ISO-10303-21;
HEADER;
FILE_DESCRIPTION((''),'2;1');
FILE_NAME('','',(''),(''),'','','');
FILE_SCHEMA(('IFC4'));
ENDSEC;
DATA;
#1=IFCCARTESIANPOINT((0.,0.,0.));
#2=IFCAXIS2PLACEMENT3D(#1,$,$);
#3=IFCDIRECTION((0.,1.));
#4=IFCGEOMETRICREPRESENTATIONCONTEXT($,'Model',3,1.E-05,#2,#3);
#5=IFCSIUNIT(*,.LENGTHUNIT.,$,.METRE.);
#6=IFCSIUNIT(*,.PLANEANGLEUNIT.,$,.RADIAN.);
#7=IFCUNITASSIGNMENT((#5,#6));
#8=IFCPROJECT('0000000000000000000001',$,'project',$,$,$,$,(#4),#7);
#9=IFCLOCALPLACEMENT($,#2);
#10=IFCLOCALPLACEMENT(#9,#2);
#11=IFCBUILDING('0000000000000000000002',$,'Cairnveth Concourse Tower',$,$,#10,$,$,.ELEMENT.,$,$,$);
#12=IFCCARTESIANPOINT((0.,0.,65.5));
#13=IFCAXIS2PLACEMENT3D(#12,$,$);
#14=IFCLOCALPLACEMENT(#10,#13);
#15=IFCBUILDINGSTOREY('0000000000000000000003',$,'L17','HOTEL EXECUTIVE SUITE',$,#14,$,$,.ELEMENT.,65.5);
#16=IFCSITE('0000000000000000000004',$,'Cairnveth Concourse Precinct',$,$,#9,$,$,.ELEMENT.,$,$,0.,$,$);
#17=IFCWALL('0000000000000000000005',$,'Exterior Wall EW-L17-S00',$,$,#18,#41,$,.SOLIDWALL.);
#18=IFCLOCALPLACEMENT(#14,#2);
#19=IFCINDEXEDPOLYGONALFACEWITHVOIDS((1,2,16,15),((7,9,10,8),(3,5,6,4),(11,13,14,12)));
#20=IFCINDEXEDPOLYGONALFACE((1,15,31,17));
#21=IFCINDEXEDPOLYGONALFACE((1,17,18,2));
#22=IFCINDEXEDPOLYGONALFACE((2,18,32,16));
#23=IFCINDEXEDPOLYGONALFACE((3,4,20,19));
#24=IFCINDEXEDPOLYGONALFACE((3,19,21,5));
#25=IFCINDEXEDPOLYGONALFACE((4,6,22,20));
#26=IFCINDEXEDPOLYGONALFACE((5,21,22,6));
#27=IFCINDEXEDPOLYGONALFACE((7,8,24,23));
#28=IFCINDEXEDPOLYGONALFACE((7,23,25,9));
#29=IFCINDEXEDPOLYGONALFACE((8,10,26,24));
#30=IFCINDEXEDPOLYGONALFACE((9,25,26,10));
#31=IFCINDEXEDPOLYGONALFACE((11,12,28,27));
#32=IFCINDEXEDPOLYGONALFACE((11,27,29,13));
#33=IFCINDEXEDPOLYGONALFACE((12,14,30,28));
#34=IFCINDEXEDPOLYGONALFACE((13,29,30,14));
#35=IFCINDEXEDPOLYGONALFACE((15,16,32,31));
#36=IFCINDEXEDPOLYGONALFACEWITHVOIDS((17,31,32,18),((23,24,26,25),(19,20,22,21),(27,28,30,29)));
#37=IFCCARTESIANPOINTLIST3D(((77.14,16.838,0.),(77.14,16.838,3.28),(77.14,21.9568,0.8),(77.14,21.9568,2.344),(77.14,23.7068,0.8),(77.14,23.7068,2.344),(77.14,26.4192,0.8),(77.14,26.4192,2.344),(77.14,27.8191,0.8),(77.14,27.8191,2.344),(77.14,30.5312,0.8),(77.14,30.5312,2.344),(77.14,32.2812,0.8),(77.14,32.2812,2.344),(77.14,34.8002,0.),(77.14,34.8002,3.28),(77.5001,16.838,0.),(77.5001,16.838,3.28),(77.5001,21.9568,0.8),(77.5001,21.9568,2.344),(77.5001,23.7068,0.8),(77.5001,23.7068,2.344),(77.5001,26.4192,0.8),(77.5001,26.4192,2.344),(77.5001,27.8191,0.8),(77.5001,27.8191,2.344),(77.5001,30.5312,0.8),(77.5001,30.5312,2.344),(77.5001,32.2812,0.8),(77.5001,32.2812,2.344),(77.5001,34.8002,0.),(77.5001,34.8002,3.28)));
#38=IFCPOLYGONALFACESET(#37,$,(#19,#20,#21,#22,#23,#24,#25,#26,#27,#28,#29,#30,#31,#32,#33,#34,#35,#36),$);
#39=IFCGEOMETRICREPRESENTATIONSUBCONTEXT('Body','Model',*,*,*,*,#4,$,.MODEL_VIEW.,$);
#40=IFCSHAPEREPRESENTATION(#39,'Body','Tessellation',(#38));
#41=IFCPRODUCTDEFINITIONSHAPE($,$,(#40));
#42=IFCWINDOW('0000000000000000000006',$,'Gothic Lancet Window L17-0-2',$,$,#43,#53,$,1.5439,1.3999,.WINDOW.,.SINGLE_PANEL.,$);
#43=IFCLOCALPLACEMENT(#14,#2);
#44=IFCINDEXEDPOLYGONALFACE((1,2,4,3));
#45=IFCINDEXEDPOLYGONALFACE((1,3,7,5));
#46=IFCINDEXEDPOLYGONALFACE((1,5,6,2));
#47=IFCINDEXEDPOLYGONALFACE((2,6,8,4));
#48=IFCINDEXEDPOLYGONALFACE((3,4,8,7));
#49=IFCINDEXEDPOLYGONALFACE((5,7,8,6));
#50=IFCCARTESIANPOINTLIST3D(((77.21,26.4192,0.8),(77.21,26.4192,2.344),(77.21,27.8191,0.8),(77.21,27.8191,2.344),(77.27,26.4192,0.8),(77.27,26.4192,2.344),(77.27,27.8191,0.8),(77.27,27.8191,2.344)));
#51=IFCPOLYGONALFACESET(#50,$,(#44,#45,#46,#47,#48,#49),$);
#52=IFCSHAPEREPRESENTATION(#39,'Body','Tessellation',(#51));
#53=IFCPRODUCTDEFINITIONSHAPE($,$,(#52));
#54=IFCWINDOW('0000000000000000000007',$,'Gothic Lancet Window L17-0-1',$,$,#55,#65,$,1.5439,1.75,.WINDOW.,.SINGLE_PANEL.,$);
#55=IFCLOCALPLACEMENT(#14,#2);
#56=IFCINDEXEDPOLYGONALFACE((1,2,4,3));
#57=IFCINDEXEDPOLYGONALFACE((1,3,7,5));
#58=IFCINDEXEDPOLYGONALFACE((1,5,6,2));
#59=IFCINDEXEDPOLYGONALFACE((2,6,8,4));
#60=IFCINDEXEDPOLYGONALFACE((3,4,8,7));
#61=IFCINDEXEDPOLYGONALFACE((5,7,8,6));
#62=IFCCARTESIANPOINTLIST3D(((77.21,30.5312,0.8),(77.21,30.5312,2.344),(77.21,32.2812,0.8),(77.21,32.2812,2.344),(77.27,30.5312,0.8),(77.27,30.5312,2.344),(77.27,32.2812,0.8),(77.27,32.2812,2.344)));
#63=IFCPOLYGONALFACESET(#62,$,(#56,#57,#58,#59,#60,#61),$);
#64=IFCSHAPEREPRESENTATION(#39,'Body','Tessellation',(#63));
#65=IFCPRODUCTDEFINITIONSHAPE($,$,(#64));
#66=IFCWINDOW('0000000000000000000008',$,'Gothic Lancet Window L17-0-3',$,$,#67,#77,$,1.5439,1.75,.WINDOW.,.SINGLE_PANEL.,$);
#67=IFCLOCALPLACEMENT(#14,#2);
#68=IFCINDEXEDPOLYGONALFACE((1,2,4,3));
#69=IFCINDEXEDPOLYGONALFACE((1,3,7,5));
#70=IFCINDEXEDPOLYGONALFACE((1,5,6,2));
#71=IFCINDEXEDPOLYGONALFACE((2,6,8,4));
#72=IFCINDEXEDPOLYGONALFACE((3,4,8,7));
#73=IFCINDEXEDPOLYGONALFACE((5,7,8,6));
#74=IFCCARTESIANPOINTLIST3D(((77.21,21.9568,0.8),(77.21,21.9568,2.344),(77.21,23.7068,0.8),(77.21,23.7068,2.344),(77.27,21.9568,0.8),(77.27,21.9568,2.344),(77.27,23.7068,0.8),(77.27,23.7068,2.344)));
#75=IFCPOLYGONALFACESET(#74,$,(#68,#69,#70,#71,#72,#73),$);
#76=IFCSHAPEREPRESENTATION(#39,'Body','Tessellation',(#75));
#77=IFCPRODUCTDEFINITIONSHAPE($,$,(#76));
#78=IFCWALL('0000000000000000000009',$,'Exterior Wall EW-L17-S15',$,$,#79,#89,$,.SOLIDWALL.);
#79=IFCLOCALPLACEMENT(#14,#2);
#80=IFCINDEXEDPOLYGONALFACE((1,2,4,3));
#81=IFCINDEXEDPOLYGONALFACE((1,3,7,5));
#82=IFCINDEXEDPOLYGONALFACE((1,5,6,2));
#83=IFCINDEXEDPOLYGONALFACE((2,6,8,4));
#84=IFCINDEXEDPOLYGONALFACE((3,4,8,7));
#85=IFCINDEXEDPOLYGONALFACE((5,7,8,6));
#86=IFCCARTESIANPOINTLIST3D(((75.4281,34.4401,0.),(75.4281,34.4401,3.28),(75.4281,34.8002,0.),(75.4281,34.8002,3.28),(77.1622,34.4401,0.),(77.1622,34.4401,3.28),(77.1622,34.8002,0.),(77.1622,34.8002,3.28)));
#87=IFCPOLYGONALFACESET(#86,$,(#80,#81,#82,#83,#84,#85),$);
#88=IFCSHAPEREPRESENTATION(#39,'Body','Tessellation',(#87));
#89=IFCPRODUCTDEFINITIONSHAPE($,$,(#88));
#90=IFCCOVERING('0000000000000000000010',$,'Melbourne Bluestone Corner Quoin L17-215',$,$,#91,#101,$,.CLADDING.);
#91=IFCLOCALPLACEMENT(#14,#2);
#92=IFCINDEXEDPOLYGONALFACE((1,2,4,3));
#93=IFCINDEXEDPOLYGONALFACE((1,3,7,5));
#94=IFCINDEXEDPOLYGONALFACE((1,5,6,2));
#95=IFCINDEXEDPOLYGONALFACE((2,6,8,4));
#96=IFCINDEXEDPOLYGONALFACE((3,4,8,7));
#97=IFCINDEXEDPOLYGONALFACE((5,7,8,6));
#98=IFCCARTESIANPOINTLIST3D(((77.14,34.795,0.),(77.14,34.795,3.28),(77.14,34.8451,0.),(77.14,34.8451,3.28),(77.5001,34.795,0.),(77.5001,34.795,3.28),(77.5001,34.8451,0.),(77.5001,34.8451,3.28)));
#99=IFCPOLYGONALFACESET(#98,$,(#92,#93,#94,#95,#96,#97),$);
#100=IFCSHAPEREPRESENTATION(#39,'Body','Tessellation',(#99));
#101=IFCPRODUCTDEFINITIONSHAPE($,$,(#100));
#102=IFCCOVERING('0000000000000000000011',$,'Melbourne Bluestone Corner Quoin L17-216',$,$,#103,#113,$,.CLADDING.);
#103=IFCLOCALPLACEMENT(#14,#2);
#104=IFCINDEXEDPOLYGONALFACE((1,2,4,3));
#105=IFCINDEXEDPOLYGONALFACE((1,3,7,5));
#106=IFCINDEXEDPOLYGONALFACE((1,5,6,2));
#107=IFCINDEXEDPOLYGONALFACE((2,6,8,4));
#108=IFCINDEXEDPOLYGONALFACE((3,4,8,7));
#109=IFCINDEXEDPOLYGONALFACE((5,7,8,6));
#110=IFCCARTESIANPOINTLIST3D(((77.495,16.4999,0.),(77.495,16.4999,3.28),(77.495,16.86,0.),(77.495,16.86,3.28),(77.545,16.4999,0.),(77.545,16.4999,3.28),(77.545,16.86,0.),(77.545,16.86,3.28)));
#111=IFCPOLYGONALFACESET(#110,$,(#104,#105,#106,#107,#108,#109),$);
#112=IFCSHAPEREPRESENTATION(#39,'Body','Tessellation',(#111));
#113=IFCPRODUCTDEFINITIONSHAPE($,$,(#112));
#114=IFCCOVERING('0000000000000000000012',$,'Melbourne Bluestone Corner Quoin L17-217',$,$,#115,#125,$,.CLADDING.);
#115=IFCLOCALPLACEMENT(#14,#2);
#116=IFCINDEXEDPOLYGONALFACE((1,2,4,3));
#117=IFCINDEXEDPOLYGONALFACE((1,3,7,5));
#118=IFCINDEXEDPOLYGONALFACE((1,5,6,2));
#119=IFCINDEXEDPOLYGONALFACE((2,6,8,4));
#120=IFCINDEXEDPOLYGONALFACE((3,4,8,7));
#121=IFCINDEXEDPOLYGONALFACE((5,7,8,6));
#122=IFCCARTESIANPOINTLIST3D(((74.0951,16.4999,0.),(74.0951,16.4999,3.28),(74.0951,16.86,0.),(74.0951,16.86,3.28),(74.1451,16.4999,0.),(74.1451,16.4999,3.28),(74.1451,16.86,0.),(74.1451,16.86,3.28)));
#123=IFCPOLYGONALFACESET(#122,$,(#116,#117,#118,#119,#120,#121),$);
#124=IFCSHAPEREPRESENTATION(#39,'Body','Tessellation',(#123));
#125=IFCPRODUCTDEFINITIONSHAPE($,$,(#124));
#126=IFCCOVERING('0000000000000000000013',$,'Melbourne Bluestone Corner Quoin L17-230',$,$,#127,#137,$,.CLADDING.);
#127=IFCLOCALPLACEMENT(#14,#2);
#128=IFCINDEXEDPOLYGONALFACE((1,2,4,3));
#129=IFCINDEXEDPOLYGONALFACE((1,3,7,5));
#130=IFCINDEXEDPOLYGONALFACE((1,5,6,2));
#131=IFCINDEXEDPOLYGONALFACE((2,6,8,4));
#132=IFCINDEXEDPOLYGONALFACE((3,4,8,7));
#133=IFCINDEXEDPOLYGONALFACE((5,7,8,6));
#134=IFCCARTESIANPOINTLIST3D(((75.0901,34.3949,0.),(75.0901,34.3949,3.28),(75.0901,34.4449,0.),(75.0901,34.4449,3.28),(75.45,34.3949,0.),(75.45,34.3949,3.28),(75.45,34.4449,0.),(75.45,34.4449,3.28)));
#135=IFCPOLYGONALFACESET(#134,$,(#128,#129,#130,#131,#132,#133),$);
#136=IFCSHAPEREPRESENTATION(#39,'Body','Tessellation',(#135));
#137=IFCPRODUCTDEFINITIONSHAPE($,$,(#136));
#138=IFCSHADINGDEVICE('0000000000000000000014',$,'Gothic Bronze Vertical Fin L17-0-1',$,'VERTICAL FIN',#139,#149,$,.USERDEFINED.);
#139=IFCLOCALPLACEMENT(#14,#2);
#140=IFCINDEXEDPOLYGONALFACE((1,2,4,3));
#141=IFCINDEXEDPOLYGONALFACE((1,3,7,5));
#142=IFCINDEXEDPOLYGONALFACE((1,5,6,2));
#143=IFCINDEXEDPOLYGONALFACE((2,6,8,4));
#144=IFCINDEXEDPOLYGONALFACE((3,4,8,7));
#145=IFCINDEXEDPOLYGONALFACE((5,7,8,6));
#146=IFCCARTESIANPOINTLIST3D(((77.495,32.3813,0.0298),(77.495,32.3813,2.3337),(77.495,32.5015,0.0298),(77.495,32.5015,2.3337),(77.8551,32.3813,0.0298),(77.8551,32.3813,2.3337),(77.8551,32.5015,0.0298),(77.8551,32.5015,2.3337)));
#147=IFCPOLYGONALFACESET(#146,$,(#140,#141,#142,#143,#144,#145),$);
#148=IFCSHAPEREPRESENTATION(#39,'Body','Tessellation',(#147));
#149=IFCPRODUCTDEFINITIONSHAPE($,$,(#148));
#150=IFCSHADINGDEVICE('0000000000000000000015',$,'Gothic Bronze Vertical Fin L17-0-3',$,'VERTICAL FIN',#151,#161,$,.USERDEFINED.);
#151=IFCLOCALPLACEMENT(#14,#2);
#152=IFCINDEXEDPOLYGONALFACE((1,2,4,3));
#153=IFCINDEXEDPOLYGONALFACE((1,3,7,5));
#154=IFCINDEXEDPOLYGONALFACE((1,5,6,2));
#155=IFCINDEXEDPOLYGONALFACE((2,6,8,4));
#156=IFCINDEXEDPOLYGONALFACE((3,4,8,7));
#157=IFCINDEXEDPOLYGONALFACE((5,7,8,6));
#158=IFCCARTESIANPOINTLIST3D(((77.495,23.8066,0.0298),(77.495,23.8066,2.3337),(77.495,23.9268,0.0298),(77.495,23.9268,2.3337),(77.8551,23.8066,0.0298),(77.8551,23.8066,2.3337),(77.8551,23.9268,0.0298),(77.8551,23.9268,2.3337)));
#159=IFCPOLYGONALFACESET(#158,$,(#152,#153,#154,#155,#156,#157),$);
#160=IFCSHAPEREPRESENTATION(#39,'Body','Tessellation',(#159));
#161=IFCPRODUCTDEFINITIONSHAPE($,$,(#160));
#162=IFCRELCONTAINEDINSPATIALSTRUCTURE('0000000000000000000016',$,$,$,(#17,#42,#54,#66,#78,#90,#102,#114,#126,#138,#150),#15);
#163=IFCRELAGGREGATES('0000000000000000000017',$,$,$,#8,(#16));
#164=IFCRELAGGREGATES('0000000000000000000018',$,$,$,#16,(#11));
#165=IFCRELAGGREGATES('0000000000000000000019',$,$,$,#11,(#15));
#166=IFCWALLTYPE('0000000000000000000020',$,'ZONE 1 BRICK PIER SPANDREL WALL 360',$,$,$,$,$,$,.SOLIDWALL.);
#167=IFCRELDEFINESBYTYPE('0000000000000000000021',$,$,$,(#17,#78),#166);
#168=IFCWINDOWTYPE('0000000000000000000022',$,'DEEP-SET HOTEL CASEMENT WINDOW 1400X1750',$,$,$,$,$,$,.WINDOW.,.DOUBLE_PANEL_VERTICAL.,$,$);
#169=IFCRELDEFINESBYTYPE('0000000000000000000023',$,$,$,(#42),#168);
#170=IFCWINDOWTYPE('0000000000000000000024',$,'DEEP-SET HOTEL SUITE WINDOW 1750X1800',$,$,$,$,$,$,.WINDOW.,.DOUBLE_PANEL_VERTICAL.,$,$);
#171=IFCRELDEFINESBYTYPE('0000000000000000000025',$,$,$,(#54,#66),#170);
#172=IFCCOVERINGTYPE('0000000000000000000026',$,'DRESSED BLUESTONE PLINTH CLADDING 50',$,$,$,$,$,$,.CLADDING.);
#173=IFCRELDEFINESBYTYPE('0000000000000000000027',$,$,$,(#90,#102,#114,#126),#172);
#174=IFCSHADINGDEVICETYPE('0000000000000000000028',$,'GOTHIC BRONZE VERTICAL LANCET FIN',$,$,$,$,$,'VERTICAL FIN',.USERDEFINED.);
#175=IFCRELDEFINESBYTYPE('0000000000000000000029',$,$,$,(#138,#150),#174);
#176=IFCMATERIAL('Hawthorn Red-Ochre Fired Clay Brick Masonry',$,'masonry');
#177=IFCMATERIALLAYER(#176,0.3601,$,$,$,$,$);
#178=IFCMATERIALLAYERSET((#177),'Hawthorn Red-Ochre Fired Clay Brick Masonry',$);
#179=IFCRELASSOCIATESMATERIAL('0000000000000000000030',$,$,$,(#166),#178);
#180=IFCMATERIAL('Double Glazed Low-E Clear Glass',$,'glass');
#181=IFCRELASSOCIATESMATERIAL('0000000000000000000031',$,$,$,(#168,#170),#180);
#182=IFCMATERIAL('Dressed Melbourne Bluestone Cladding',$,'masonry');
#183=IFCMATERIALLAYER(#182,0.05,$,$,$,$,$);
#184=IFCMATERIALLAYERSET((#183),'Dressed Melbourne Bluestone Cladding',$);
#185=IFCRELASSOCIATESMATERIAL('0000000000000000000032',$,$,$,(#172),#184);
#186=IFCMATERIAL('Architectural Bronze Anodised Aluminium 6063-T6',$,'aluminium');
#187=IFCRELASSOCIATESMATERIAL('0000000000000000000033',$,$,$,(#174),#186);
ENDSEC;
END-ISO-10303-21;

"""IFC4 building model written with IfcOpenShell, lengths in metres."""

from ifc_helpers import new_model, si_unit, direction, frame, frame_2d, origin, origin_2d, place, context, subcontext, project, spatial, rectangle, extrude, material, layer, layer_set, type_object, element, fill, save


model = new_model("IFC4")

# Units and contexts
model_context = context("Model", 3, precision=1e-05, world=origin(), true_north=direction((0.0, 1.0)))
body_context = subcontext(model_context, "Body", "Model", "MODEL_VIEW")
ifc_project = project(units=[si_unit("LENGTHUNIT", "METRE"), si_unit("PLANEANGLEUNIT", "RADIAN")], contexts=[model_context])

# Site, building, storey
site_placement = place(None, origin())
site = spatial("IfcSite", under=ifc_project, at=site_placement, Name="Cairnveth Concourse Precinct", CompositionType="ELEMENT", RefElevation=0.0)
building_placement = place(site_placement, origin())
building = spatial("IfcBuilding", under=site, at=building_placement, Name="Cairnveth Concourse Tower", CompositionType="ELEMENT")
storey_placement = place(building_placement, frame((0.0, 0.0, 65.5)))
storey = spatial("IfcBuildingStorey", under=building, at=storey_placement, Name="L17", Description="HOTEL EXECUTIVE SUITE", CompositionType="ELEMENT", Elevation=65.5)

# Shared definitions
ifc_material_1 = material(Name="Dressed Melbourne Bluestone Cladding", Category="masonry")

# Wall, openings, windows
ifc_material_2 = material(Name="Hawthorn Red-Ochre Fired Clay Brick Masonry", Category="masonry")
ifc_layer_1 = layer(ifc_material_2, 0.3601)
ifc_layer_set_1 = layer_set([ifc_layer_1], Name="Hawthorn Red-Ochre Fired Clay Brick Masonry")
wall_type_1 = type_object("IfcWallType", Name="ZONE 1 BRICK PIER SPANDREL WALL 360", PredefinedType="SOLIDWALL", material=ifc_layer_set_1)
wall_1_placement = place(storey_placement, frame((77.3201, 34.8, 0.0), z_axis=(0.0, 0.0, 1.0), x_axis=(0.0, -1.0, 0.0)))
wall_1 = element("IfcWall", 1, at=wall_1_placement, inside=storey, type_object=wall_type_1, Name="Exterior Wall EW-L17-S00", PredefinedType="SOLIDWALL", context=body_context, shape_type="SweptSolid", body=[
    extrude(rectangle(XDim=17.9622, YDim=0.3601, at=frame_2d((8.981, 0.0))), origin(), (0.0, 0.0, 1.0), 3.28),
])
opening_1_placement = place(wall_1_placement, frame((2.5188, 0.0, 0.8)))
opening_1 = element("IfcOpeningElement", 2, at=opening_1_placement, cuts=wall_1, PredefinedType="OPENING", context=body_context, shape_type="SweptSolid", body=[
    extrude(rectangle(XDim=1.75, YDim=1.5439, at=frame_2d((0.875, 0.772))), frame((0.0, 0.1899, 0.0), z_axis=(0.0, -1.0, 0.0), x_axis=(1.0, 0.0, 0.0)), (0.0, 0.0, 1.0), 0.3801),
])
opening_2_placement = place(wall_1_placement, frame((6.981, 0.0, 0.8)))
opening_2 = element("IfcOpeningElement", 3, at=opening_2_placement, cuts=wall_1, PredefinedType="OPENING", context=body_context, shape_type="SweptSolid", body=[
    extrude(rectangle(XDim=1.3999, YDim=1.5439, at=frame_2d((0.7, 0.772))), frame((0.0, 0.1899, 0.0), z_axis=(0.0, -1.0, 0.0), x_axis=(1.0, 0.0, 0.0)), (0.0, 0.0, 1.0), 0.3801),
])
opening_3_placement = place(wall_1_placement, frame((11.0933, 0.0, 0.8)))
opening_3 = element("IfcOpeningElement", 4, at=opening_3_placement, cuts=wall_1, PredefinedType="OPENING", context=body_context, shape_type="SweptSolid", body=[
    extrude(rectangle(XDim=1.75, YDim=1.5439, at=frame_2d((0.875, 0.772))), frame((0.0, 0.1899, 0.0), z_axis=(0.0, -1.0, 0.0), x_axis=(1.0, 0.0, 0.0)), (0.0, 0.0, 1.0), 0.3801),
])
ifc_material_3 = material(Name="Double Glazed Low-E Clear Glass", Category="glass")
window_type_1 = type_object("IfcWindowType", Name="DEEP-SET HOTEL CASEMENT WINDOW 1400X1750", PartitioningType="DOUBLE_PANEL_VERTICAL", PredefinedType="WINDOW", material=ifc_material_3)
window_1_placement = place(opening_2_placement, origin())
window_1 = element("IfcWindow", 5, at=window_1_placement, inside=storey, type_object=window_type_1, Name="Gothic Lancet Window L17-0-2", OverallHeight=1.5439, OverallWidth=1.3999, PartitioningType="SINGLE_PANEL", PredefinedType="WINDOW", context=body_context, shape_type="SweptSolid", body=[
    extrude(rectangle(XDim=1.3999, YDim=1.5439, at=frame_2d((0.7, 0.772))), frame((0.0, -0.05, 0.0), z_axis=(0.0, -1.0, 0.0), x_axis=(1.0, 0.0, 0.0)), (0.0, 0.0, 1.0), 0.0601),
])
fill(opening_2, window_1)
window_type_2 = type_object("IfcWindowType", Name="DEEP-SET HOTEL SUITE WINDOW 1750X1800", PartitioningType="DOUBLE_PANEL_VERTICAL", PredefinedType="WINDOW", material=ifc_material_3)
window_2_placement = place(opening_1_placement, origin())
window_2 = element("IfcWindow", 6, at=window_2_placement, inside=storey, type_object=window_type_2, Name="Gothic Lancet Window L17-0-1", OverallHeight=1.5439, OverallWidth=1.75, PartitioningType="SINGLE_PANEL", PredefinedType="WINDOW", context=body_context, shape_type="SweptSolid", body=[
    extrude(rectangle(XDim=1.75, YDim=1.5439, at=frame_2d((0.875, 0.772))), frame((0.0, -0.05, 0.0), z_axis=(0.0, -1.0, 0.0), x_axis=(1.0, 0.0, 0.0)), (0.0, 0.0, 1.0), 0.0601),
])
fill(opening_1, window_2)
window_3_placement = place(opening_3_placement, origin())
window_3 = element("IfcWindow", 7, at=window_3_placement, inside=storey, type_object=window_type_2, Name="Gothic Lancet Window L17-0-3", OverallHeight=1.5439, OverallWidth=1.75, PartitioningType="SINGLE_PANEL", PredefinedType="WINDOW", context=body_context, shape_type="SweptSolid", body=[
    extrude(rectangle(XDim=1.75, YDim=1.5439, at=frame_2d((0.875, 0.772))), frame((0.0, -0.05, 0.0), z_axis=(0.0, -1.0, 0.0), x_axis=(1.0, 0.0, 0.0)), (0.0, 0.0, 1.0), 0.0601),
])
fill(opening_3, window_3)

# Wall
wall_2_placement = place(storey_placement, frame((75.428, 34.6201, 0.0), z_axis=(0.0, 0.0, 1.0), x_axis=(1.0, 0.0, 0.0)))
element("IfcWall", 8, at=wall_2_placement, inside=storey, type_object=wall_type_1, Name="Exterior Wall EW-L17-S15", PredefinedType="SOLIDWALL", context=body_context, shape_type="SweptSolid", body=[
    extrude(rectangle(XDim=1.7341, YDim=0.3601, at=frame_2d((0.8672, 0.0))), origin(), (0.0, 0.0, 1.0), 3.28),
])

# Coverings
ifc_layer_2 = layer(ifc_material_1, 0.05)
ifc_layer_set_2 = layer_set([ifc_layer_2], Name="Dressed Melbourne Bluestone Cladding")
covering_type = type_object("IfcCoveringType", Name="DRESSED BLUESTONE PLINTH CLADDING 50", PredefinedType="CLADDING", material=ifc_layer_set_2)
for number, where, z_axis, x_axis, name in (
    (9, (77.1399, 34.8201, 0.0), (0.0, 0.0, 1.0), (1.0, 0.0, 0.0), "Melbourne Bluestone Corner Quoin L17-215"),
    (10, (77.52, 16.8601, 0.0), (0.0, 0.0, 1.0), (0.0, -1.0, 0.0), "Melbourne Bluestone Corner Quoin L17-216"),
    (11, (74.1201, 16.8601, 0.0), (0.0, 0.0, 1.0), (0.0, -1.0, 0.0), "Melbourne Bluestone Corner Quoin L17-217"),
):
    element("IfcCovering", number, at=place(storey_placement, frame(where, z_axis=z_axis, x_axis=x_axis)), inside=storey, type_object=covering_type, Name=name, PredefinedType="CLADDING", context=body_context, shape_type="SweptSolid", body=[
        extrude(rectangle(XDim=0.3601, YDim=0.05, at=frame_2d((0.1802, 0.0))), origin(), (0.0, 0.0, 1.0), 3.28),
    ])
covering_placement = place(storey_placement, frame((75.0901, 34.4199, 0.0), z_axis=(0.0, 0.0, 1.0), x_axis=(1.0, 0.0, 0.0)))
element("IfcCovering", 12, at=covering_placement, inside=storey, type_object=covering_type, Name="Melbourne Bluestone Corner Quoin L17-230", PredefinedType="CLADDING", context=body_context, shape_type="SweptSolid", body=[
    extrude(rectangle(XDim=0.3599, YDim=0.05, at=frame_2d((0.1799, 0.0))), origin(), (0.0, 0.0, 1.0), 3.28),
])

# Shading devices
ifc_material_4 = material(Name="Architectural Bronze Anodised Aluminium 6063-T6", Category="aluminium")
shading_device_type = type_object("IfcShadingDeviceType", Name="GOTHIC BRONZE VERTICAL LANCET FIN", ElementType="VERTICAL FIN", PredefinedType="USERDEFINED", material=ifc_material_4)
for number, where, z_axis, x_axis, name in (
    (13, (77.675, 32.4414, 0.0298), (0.0, 0.0, 1.0), (0.0, 1.0, 0.0), "Gothic Bronze Vertical Fin L17-0-1"),
    (14, (77.675, 23.8667, 0.0298), (0.0, 0.0, 1.0), (0.0, 1.0, 0.0), "Gothic Bronze Vertical Fin L17-0-3"),
):
    element("IfcShadingDevice", number, at=place(storey_placement, frame(where, z_axis=z_axis, x_axis=x_axis)), inside=storey, type_object=shading_device_type, Name=name, ObjectType="VERTICAL FIN", PredefinedType="USERDEFINED", context=body_context, shape_type="SweptSolid", body=[
        extrude(rectangle(XDim=0.1201, YDim=0.3601, at=origin_2d()), origin(), (0.0, 0.0, 1.0), 2.304),
    ])

save(model, "model.ifc")
